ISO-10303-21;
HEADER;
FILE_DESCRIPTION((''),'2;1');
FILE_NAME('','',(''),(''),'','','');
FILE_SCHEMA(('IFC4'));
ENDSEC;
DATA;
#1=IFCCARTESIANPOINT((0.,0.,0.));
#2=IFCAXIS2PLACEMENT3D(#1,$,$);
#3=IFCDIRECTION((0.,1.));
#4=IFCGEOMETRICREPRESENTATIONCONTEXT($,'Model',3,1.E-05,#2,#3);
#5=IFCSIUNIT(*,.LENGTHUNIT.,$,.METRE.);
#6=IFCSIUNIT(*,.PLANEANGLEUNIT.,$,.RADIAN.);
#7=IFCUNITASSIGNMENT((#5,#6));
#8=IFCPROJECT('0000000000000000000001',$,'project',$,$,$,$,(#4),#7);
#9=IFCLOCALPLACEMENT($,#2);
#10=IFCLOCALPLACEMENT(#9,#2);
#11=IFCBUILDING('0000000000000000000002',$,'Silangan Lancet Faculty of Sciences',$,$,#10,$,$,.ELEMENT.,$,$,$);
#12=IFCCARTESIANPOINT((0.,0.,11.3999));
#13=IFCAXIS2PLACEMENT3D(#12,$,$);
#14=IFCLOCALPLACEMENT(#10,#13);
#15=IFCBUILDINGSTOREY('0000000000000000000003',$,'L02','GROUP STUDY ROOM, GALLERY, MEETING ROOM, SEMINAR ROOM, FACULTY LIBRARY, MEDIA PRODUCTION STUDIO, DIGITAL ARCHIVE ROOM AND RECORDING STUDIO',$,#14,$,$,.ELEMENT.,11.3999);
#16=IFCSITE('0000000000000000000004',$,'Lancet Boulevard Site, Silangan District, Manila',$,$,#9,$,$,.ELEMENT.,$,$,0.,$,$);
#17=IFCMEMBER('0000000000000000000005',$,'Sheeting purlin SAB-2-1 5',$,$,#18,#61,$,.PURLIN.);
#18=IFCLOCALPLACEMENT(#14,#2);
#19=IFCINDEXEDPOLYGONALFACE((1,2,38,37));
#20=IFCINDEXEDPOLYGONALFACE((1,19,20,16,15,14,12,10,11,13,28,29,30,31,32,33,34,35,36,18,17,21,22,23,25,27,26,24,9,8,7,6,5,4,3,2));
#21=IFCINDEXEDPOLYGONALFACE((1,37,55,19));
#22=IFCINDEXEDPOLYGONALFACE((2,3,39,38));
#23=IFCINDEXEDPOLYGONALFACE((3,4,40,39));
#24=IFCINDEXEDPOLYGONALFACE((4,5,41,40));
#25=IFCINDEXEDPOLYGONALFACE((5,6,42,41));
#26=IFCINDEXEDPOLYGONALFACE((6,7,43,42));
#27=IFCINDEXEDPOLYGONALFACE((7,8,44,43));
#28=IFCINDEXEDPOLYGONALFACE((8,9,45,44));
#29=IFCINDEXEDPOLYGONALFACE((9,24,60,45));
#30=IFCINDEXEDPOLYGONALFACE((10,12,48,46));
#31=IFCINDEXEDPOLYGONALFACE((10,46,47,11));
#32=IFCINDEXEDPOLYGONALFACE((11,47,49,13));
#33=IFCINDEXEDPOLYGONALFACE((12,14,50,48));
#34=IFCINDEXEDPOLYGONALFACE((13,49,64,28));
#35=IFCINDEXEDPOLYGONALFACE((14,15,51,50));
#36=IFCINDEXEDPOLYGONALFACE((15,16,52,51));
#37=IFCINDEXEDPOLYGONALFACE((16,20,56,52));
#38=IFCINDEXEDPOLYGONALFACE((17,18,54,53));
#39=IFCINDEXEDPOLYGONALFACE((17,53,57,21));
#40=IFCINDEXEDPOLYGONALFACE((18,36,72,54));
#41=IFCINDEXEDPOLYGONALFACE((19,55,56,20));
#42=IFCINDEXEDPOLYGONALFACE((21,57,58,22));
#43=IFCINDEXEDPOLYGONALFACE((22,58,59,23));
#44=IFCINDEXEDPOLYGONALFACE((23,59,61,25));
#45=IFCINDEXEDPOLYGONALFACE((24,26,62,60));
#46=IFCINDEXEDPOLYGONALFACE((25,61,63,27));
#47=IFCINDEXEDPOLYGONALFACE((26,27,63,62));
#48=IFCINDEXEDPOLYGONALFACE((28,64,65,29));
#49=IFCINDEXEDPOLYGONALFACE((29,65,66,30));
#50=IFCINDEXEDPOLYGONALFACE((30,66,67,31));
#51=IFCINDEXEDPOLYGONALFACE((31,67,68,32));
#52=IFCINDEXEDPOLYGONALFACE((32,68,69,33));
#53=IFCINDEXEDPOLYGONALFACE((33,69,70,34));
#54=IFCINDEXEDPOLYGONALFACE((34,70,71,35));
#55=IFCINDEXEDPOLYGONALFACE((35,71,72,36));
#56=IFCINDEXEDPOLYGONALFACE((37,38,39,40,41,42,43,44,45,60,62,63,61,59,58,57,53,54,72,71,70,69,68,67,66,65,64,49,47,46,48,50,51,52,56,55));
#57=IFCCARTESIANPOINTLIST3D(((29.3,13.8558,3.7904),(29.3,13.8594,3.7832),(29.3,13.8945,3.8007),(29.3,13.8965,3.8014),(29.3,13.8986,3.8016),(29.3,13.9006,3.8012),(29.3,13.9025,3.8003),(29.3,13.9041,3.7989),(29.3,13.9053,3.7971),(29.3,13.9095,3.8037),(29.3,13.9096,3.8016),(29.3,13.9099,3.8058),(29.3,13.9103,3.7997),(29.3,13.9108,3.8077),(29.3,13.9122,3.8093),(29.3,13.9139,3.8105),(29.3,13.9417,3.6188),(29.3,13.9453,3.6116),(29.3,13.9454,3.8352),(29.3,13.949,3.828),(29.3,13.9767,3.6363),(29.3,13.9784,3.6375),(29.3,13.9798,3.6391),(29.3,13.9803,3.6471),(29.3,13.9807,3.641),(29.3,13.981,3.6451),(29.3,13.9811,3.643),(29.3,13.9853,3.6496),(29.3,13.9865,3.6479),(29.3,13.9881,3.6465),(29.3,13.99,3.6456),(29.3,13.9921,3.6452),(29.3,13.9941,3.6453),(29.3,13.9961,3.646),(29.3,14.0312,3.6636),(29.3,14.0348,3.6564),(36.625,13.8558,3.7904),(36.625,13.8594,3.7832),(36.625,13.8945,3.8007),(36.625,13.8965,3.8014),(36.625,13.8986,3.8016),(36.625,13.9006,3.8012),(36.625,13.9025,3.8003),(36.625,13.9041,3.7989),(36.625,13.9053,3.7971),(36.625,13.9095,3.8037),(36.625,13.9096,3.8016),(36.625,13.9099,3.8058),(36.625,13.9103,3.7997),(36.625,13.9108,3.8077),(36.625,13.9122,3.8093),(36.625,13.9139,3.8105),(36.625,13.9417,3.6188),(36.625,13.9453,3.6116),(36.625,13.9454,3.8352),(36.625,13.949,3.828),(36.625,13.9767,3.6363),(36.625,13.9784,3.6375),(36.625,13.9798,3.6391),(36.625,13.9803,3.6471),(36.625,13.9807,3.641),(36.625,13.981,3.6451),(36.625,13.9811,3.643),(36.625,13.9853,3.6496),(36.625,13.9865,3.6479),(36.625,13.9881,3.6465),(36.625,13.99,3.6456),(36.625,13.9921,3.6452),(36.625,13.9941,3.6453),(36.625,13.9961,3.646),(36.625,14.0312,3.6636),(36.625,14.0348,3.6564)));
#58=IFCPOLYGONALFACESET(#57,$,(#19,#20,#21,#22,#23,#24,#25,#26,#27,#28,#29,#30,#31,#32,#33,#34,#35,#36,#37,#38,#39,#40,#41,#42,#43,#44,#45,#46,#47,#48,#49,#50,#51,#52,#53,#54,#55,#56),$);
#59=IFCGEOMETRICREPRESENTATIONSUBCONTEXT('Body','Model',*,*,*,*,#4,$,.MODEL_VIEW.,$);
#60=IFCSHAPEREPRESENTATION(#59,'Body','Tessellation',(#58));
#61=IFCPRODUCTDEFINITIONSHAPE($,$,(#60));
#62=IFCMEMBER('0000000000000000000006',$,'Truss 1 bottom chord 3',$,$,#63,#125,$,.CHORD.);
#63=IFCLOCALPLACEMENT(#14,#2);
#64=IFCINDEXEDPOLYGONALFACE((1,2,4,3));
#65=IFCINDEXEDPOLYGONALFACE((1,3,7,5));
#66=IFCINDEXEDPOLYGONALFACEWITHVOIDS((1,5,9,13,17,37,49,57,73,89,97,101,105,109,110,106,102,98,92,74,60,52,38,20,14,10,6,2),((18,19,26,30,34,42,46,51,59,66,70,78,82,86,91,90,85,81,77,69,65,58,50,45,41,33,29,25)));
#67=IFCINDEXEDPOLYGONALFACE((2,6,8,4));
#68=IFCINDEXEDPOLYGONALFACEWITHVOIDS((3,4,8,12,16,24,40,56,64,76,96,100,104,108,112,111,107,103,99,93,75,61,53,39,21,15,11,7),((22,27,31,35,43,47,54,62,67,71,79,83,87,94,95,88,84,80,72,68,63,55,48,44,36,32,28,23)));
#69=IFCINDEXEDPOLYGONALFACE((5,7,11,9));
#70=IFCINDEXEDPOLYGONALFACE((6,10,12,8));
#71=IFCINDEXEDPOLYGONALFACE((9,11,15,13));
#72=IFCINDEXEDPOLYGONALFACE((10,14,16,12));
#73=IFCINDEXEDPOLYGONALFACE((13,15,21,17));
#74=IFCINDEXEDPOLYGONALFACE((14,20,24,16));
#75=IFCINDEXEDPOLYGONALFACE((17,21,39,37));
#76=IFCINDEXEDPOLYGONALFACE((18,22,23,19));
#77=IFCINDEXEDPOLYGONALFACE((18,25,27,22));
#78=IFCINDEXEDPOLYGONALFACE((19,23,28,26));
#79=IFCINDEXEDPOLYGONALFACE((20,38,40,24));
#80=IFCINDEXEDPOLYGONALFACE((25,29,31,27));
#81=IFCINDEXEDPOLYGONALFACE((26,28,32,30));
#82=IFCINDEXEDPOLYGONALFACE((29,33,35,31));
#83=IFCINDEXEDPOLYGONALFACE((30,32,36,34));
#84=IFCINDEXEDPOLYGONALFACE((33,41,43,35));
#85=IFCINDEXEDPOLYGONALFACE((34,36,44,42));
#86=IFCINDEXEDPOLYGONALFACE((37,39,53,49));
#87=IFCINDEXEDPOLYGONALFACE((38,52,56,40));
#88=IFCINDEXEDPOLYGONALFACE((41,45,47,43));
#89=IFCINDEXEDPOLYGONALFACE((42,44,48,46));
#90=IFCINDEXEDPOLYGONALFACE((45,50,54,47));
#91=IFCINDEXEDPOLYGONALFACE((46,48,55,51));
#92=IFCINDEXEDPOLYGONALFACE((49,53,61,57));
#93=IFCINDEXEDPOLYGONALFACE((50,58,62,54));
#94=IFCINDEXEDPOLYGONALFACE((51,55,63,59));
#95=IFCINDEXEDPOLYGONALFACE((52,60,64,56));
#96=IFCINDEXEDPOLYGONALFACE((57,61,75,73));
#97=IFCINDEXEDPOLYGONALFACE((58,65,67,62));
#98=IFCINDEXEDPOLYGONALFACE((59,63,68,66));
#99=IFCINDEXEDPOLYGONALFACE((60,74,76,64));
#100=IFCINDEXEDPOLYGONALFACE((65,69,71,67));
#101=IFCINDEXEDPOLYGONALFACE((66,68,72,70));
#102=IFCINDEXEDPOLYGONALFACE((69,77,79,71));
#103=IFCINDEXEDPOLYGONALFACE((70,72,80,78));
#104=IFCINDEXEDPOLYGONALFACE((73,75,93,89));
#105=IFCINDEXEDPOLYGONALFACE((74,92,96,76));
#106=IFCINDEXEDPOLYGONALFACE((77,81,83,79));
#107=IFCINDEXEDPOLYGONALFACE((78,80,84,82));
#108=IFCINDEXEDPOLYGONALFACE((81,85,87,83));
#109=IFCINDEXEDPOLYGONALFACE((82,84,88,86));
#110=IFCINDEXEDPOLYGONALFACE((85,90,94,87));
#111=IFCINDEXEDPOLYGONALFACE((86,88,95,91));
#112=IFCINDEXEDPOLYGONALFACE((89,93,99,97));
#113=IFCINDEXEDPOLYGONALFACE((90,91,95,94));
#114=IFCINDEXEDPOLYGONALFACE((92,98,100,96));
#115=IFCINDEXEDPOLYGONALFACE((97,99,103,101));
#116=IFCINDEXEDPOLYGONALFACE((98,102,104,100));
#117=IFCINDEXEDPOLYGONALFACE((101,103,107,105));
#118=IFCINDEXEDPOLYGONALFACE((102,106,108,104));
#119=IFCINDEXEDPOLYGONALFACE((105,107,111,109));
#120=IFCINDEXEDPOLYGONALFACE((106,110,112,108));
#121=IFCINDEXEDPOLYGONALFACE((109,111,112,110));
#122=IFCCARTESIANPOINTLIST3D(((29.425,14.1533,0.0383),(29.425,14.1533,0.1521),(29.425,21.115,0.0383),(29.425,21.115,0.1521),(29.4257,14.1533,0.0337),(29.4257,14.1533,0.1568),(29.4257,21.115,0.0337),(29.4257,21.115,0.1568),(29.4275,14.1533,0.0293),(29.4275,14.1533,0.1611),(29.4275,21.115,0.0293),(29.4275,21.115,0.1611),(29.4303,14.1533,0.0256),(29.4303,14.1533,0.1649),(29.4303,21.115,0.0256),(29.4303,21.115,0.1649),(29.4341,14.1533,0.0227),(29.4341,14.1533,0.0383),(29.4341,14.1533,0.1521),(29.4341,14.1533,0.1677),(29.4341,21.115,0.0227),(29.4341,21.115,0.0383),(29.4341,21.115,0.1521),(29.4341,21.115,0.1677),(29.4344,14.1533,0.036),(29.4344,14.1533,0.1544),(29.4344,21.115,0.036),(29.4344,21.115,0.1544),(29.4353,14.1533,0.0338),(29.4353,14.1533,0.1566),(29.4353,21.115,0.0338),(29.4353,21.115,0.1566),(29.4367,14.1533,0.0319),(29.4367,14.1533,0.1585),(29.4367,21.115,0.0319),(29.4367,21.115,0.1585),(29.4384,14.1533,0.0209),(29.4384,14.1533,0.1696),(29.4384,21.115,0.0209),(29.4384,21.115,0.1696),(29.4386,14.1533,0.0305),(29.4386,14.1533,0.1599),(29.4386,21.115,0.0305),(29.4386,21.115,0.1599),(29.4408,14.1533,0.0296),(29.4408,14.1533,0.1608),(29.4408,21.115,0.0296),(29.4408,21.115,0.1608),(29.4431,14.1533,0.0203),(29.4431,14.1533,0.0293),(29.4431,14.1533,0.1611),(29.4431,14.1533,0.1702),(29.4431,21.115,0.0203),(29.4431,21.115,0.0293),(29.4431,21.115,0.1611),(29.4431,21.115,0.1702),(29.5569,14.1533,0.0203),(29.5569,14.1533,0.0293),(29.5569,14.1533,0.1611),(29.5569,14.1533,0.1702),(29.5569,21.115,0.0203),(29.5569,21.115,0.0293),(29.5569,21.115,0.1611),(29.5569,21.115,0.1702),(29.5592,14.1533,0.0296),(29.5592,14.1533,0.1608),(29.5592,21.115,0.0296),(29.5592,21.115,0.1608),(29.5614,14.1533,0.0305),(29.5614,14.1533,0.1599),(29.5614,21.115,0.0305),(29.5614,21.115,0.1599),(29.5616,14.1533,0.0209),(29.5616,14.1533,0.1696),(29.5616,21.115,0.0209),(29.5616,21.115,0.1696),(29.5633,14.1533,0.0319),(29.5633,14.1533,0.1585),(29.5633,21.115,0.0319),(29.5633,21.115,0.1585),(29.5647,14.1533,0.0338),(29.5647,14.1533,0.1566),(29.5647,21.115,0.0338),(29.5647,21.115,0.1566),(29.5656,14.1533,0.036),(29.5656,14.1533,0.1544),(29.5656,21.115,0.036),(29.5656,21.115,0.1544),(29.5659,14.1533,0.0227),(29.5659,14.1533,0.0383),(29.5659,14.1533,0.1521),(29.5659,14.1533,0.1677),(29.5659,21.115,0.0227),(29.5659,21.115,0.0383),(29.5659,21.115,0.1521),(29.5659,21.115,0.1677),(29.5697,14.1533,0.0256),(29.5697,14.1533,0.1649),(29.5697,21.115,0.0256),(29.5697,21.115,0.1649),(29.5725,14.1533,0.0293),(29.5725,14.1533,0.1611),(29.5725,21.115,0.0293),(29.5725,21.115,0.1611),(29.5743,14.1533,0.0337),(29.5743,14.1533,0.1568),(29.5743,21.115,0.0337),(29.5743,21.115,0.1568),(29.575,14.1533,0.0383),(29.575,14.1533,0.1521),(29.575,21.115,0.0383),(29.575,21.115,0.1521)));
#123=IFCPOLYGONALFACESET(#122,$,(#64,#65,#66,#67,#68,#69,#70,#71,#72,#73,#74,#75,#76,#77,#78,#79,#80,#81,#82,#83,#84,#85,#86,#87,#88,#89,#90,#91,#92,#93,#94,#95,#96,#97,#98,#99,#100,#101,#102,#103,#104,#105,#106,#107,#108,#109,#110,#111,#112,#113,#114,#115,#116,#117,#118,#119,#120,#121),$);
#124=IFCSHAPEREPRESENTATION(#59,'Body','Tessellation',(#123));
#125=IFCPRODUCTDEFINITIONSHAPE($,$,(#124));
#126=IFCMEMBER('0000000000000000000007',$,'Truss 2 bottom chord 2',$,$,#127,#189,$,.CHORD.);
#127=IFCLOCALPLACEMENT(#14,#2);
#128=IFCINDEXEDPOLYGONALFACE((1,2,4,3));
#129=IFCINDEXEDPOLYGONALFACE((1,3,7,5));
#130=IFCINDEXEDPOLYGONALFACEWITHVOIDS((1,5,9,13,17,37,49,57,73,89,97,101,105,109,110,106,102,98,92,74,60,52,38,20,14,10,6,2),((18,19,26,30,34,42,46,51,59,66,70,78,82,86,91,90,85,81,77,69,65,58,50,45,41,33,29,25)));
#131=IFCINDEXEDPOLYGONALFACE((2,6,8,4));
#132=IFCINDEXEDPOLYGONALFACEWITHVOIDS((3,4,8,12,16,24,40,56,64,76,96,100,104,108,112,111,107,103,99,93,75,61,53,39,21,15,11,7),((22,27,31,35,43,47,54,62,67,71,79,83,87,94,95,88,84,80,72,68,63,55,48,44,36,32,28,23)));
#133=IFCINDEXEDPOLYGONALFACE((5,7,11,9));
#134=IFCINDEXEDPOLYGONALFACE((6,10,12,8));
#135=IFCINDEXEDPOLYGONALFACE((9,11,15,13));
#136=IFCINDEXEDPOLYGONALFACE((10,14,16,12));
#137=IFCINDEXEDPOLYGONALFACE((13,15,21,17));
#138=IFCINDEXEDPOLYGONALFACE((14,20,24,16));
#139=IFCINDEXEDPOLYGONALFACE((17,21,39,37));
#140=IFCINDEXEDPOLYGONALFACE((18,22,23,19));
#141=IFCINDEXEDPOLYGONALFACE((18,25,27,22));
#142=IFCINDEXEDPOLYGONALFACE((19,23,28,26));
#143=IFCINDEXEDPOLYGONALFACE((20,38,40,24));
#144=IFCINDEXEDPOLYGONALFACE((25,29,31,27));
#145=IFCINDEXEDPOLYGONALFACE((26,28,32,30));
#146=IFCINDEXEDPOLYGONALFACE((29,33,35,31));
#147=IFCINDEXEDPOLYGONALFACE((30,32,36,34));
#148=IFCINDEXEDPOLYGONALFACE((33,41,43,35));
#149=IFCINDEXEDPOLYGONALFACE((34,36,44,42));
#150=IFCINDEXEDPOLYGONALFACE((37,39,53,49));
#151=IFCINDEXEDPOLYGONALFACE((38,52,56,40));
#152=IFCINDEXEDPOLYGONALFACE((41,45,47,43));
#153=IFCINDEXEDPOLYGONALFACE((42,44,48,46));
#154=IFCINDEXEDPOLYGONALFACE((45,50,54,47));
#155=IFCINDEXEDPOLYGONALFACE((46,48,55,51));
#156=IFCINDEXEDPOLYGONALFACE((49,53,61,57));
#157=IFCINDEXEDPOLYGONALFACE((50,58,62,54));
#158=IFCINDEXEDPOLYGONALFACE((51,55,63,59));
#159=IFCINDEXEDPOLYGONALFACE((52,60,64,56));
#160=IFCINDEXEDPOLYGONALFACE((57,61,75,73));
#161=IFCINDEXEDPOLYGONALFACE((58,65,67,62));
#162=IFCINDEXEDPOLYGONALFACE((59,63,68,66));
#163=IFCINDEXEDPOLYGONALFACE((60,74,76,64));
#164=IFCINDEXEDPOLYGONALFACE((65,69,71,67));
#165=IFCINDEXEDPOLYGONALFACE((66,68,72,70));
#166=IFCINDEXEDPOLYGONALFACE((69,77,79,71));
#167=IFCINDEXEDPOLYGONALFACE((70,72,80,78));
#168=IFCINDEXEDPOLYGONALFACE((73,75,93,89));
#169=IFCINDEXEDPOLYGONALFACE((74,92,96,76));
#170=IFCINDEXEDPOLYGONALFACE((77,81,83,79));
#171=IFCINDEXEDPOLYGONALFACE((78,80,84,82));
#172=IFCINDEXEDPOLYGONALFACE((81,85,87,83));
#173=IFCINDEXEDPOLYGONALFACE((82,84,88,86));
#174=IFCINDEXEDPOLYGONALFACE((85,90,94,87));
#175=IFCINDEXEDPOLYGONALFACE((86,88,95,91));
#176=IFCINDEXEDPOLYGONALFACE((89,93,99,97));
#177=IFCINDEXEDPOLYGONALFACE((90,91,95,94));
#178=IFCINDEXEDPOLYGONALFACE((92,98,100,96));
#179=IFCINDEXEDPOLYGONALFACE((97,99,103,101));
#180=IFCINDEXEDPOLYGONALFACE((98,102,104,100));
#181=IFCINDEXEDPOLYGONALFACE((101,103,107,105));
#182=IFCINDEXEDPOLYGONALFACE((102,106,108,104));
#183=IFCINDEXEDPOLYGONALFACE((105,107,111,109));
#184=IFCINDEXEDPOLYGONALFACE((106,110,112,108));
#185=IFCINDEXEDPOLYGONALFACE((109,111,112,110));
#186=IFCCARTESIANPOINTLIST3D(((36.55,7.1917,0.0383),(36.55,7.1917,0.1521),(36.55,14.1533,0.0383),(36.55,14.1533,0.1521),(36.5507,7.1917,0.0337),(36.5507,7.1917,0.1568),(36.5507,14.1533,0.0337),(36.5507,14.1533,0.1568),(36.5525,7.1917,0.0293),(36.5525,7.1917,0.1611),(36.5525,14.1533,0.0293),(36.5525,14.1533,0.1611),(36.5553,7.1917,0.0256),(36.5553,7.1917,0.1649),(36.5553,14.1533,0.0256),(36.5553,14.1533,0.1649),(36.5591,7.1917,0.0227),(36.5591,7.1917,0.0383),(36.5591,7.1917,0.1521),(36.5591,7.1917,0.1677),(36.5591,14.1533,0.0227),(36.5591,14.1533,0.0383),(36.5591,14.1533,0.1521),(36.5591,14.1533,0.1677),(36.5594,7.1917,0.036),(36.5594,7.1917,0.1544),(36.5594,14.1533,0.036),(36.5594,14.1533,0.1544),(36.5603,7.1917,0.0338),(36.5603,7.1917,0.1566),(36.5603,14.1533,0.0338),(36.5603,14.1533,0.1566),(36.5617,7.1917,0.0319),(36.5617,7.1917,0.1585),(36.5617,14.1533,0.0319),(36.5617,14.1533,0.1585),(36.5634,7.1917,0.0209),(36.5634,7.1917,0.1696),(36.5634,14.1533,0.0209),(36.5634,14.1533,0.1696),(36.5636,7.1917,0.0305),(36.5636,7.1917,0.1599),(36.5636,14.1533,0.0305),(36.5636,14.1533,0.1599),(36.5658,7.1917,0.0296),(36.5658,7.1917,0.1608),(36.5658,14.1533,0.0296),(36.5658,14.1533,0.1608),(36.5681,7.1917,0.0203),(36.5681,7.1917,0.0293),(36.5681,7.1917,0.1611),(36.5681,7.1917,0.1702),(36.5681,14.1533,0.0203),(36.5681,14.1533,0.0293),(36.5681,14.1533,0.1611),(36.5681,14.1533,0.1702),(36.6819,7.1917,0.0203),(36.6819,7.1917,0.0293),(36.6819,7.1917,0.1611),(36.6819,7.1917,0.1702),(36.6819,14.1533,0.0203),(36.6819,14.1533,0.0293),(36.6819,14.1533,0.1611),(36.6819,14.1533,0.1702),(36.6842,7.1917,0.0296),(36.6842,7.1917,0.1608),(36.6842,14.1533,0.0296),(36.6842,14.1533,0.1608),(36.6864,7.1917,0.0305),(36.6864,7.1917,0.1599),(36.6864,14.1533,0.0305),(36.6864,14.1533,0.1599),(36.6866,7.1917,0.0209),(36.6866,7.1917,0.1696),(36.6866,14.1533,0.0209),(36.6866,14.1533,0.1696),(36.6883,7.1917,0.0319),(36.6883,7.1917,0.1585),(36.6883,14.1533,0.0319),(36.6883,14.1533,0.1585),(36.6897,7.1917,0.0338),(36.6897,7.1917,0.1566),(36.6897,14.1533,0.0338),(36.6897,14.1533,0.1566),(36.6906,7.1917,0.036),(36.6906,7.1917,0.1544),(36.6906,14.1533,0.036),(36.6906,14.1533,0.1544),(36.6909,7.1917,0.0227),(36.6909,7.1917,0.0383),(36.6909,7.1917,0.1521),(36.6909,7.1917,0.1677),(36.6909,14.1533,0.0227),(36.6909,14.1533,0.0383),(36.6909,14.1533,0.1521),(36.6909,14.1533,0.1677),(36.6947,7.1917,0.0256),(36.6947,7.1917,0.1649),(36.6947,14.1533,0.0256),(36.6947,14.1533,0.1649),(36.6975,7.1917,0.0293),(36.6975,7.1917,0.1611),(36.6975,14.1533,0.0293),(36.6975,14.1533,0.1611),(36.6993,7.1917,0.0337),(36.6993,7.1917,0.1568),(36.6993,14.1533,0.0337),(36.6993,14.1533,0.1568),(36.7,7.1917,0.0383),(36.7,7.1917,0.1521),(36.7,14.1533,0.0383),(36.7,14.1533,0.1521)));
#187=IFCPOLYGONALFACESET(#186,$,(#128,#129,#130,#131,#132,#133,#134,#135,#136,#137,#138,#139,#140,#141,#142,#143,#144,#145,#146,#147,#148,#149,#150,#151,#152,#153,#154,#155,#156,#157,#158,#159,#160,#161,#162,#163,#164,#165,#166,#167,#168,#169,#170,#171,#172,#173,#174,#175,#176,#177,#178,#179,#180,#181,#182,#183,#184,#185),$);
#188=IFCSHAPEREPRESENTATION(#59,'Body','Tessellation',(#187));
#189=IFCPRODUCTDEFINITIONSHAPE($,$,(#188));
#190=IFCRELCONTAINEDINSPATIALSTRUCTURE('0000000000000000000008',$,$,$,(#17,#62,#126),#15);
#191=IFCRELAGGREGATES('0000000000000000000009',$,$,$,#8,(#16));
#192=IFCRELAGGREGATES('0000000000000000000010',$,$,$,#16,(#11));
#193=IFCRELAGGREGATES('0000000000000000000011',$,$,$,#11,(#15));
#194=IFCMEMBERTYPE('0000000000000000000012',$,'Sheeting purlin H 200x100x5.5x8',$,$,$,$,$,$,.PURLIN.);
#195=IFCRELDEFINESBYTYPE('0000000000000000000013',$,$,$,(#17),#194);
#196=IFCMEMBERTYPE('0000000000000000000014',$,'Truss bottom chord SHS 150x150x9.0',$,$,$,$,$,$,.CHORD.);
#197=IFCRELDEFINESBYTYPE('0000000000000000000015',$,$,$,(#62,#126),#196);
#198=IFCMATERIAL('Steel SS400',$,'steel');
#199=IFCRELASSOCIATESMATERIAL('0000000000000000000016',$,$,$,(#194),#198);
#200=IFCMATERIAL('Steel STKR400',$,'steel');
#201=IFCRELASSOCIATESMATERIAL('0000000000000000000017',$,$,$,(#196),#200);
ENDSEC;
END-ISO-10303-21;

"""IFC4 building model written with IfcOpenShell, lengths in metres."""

from ifc_helpers import new_model, si_unit, direction, frame, origin, origin_2d, place, context, subcontext, project, spatial, hollow_rectangle, i_section, extrude, material, material_profile, profile_set, type_object, element, save


model = new_model("IFC4")

# Units and contexts
model_context = context("Model", 3, precision=1e-05, world=origin(), true_north=direction((0.0, 1.0)))
body_context = subcontext(model_context, "Body", "Model", "MODEL_VIEW")
ifc_project = project(units=[si_unit("LENGTHUNIT", "METRE"), si_unit("PLANEANGLEUNIT", "RADIAN")], contexts=[model_context])

# Site, building, storey
site_placement = place(None, origin())
site = spatial("IfcSite", under=ifc_project, at=site_placement, Name="Lancet Boulevard Site, Silangan District, Manila", CompositionType="ELEMENT", RefElevation=0.0)
building_placement = place(site_placement, origin())
building = spatial("IfcBuilding", under=site, at=building_placement, Name="Silangan Lancet Faculty of Sciences", CompositionType="ELEMENT")
storey_placement = place(building_placement, frame((0.0, 0.0, 11.3999)))
storey = spatial("IfcBuildingStorey", under=building, at=storey_placement, Name="L02", Description="GROUP STUDY ROOM, GALLERY, MEETING ROOM, SEMINAR ROOM, FACULTY LIBRARY, MEDIA PRODUCTION STUDIO, DIGITAL ARCHIVE ROOM AND RECORDING STUDIO", CompositionType="ELEMENT", Elevation=11.3999)

# Members
ifc_material_1 = material(Name="Steel SS400", Category="steel")
ifc_material_profile_1 = material_profile(ifc_material_1, i_section(OverallWidth=0.1001, OverallDepth=0.2, WebThickness=0.0056, FlangeThickness=0.0081, FilletRadius=0.0081, at=origin_2d()), Name="H 200x100x5.5x8")
ifc_profile_set_1 = profile_set([ifc_material_profile_1], Name="Steel SS400")
member_type_1 = type_object("IfcMemberType", Name="Sheeting purlin H 200x100x5.5x8", PredefinedType="PURLIN", material=ifc_profile_set_1)
for number, where, z_axis, x_axis, name in (
    (1, (29.3, 13.9453, 3.7234), (1.0, 0.0, 0.0), (0.0, 0.894427, 0.447214), "Sheeting purlin SAB-2-1 5"),
):
    element("IfcMember", number, at=place(storey_placement, frame(where, z_axis=z_axis, x_axis=x_axis)), inside=storey, type_object=member_type_1, Name=name, PredefinedType="PURLIN", context=body_context, shape_type="SweptSolid", body=[
        extrude(i_section(OverallWidth=0.1001, OverallDepth=0.2, WebThickness=0.0056, FlangeThickness=0.0081, FilletRadius=0.0081, at=origin_2d()), origin(), (0.0, 0.0, 1.0), 7.325),
    ])
ifc_material_2 = material(Name="Steel STKR400", Category="steel")
ifc_material_profile_2 = material_profile(ifc_material_2, hollow_rectangle(XDim=0.1499, YDim=0.1499, WallThickness=0.009, InnerFilletRadius=0.009, OuterFilletRadius=0.0181, at=origin_2d()), Name="SHS 150x150x9.0")
ifc_profile_set_2 = profile_set([ifc_material_profile_2], Name="Steel STKR400")
member_type_2 = type_object("IfcMemberType", Name="Truss bottom chord SHS 150x150x9.0", PredefinedType="CHORD", material=ifc_profile_set_2)
for number, where, z_axis, x_axis, name in (
    (2, (29.5, 14.1533, 0.0952), (0.0, 1.0, 0.0), (-1.0, 0.0, 0.0), "Truss 1 bottom chord 3"),
    (3, (36.625, 7.1917, 0.0952), (0.0, 1.0, 0.0), (-1.0, 0.0, 0.0), "Truss 2 bottom chord 2"),
):
    element("IfcMember", number, at=place(storey_placement, frame(where, z_axis=z_axis, x_axis=x_axis)), inside=storey, type_object=member_type_2, Name=name, PredefinedType="CHORD", context=body_context, shape_type="SweptSolid", body=[
        extrude(hollow_rectangle(XDim=0.1499, YDim=0.1499, WallThickness=0.009, InnerFilletRadius=0.009, OuterFilletRadius=0.0181, at=origin_2d()), origin(), (0.0, 0.0, 1.0), 6.9617),
    ])

save(model, "model.ifc")
